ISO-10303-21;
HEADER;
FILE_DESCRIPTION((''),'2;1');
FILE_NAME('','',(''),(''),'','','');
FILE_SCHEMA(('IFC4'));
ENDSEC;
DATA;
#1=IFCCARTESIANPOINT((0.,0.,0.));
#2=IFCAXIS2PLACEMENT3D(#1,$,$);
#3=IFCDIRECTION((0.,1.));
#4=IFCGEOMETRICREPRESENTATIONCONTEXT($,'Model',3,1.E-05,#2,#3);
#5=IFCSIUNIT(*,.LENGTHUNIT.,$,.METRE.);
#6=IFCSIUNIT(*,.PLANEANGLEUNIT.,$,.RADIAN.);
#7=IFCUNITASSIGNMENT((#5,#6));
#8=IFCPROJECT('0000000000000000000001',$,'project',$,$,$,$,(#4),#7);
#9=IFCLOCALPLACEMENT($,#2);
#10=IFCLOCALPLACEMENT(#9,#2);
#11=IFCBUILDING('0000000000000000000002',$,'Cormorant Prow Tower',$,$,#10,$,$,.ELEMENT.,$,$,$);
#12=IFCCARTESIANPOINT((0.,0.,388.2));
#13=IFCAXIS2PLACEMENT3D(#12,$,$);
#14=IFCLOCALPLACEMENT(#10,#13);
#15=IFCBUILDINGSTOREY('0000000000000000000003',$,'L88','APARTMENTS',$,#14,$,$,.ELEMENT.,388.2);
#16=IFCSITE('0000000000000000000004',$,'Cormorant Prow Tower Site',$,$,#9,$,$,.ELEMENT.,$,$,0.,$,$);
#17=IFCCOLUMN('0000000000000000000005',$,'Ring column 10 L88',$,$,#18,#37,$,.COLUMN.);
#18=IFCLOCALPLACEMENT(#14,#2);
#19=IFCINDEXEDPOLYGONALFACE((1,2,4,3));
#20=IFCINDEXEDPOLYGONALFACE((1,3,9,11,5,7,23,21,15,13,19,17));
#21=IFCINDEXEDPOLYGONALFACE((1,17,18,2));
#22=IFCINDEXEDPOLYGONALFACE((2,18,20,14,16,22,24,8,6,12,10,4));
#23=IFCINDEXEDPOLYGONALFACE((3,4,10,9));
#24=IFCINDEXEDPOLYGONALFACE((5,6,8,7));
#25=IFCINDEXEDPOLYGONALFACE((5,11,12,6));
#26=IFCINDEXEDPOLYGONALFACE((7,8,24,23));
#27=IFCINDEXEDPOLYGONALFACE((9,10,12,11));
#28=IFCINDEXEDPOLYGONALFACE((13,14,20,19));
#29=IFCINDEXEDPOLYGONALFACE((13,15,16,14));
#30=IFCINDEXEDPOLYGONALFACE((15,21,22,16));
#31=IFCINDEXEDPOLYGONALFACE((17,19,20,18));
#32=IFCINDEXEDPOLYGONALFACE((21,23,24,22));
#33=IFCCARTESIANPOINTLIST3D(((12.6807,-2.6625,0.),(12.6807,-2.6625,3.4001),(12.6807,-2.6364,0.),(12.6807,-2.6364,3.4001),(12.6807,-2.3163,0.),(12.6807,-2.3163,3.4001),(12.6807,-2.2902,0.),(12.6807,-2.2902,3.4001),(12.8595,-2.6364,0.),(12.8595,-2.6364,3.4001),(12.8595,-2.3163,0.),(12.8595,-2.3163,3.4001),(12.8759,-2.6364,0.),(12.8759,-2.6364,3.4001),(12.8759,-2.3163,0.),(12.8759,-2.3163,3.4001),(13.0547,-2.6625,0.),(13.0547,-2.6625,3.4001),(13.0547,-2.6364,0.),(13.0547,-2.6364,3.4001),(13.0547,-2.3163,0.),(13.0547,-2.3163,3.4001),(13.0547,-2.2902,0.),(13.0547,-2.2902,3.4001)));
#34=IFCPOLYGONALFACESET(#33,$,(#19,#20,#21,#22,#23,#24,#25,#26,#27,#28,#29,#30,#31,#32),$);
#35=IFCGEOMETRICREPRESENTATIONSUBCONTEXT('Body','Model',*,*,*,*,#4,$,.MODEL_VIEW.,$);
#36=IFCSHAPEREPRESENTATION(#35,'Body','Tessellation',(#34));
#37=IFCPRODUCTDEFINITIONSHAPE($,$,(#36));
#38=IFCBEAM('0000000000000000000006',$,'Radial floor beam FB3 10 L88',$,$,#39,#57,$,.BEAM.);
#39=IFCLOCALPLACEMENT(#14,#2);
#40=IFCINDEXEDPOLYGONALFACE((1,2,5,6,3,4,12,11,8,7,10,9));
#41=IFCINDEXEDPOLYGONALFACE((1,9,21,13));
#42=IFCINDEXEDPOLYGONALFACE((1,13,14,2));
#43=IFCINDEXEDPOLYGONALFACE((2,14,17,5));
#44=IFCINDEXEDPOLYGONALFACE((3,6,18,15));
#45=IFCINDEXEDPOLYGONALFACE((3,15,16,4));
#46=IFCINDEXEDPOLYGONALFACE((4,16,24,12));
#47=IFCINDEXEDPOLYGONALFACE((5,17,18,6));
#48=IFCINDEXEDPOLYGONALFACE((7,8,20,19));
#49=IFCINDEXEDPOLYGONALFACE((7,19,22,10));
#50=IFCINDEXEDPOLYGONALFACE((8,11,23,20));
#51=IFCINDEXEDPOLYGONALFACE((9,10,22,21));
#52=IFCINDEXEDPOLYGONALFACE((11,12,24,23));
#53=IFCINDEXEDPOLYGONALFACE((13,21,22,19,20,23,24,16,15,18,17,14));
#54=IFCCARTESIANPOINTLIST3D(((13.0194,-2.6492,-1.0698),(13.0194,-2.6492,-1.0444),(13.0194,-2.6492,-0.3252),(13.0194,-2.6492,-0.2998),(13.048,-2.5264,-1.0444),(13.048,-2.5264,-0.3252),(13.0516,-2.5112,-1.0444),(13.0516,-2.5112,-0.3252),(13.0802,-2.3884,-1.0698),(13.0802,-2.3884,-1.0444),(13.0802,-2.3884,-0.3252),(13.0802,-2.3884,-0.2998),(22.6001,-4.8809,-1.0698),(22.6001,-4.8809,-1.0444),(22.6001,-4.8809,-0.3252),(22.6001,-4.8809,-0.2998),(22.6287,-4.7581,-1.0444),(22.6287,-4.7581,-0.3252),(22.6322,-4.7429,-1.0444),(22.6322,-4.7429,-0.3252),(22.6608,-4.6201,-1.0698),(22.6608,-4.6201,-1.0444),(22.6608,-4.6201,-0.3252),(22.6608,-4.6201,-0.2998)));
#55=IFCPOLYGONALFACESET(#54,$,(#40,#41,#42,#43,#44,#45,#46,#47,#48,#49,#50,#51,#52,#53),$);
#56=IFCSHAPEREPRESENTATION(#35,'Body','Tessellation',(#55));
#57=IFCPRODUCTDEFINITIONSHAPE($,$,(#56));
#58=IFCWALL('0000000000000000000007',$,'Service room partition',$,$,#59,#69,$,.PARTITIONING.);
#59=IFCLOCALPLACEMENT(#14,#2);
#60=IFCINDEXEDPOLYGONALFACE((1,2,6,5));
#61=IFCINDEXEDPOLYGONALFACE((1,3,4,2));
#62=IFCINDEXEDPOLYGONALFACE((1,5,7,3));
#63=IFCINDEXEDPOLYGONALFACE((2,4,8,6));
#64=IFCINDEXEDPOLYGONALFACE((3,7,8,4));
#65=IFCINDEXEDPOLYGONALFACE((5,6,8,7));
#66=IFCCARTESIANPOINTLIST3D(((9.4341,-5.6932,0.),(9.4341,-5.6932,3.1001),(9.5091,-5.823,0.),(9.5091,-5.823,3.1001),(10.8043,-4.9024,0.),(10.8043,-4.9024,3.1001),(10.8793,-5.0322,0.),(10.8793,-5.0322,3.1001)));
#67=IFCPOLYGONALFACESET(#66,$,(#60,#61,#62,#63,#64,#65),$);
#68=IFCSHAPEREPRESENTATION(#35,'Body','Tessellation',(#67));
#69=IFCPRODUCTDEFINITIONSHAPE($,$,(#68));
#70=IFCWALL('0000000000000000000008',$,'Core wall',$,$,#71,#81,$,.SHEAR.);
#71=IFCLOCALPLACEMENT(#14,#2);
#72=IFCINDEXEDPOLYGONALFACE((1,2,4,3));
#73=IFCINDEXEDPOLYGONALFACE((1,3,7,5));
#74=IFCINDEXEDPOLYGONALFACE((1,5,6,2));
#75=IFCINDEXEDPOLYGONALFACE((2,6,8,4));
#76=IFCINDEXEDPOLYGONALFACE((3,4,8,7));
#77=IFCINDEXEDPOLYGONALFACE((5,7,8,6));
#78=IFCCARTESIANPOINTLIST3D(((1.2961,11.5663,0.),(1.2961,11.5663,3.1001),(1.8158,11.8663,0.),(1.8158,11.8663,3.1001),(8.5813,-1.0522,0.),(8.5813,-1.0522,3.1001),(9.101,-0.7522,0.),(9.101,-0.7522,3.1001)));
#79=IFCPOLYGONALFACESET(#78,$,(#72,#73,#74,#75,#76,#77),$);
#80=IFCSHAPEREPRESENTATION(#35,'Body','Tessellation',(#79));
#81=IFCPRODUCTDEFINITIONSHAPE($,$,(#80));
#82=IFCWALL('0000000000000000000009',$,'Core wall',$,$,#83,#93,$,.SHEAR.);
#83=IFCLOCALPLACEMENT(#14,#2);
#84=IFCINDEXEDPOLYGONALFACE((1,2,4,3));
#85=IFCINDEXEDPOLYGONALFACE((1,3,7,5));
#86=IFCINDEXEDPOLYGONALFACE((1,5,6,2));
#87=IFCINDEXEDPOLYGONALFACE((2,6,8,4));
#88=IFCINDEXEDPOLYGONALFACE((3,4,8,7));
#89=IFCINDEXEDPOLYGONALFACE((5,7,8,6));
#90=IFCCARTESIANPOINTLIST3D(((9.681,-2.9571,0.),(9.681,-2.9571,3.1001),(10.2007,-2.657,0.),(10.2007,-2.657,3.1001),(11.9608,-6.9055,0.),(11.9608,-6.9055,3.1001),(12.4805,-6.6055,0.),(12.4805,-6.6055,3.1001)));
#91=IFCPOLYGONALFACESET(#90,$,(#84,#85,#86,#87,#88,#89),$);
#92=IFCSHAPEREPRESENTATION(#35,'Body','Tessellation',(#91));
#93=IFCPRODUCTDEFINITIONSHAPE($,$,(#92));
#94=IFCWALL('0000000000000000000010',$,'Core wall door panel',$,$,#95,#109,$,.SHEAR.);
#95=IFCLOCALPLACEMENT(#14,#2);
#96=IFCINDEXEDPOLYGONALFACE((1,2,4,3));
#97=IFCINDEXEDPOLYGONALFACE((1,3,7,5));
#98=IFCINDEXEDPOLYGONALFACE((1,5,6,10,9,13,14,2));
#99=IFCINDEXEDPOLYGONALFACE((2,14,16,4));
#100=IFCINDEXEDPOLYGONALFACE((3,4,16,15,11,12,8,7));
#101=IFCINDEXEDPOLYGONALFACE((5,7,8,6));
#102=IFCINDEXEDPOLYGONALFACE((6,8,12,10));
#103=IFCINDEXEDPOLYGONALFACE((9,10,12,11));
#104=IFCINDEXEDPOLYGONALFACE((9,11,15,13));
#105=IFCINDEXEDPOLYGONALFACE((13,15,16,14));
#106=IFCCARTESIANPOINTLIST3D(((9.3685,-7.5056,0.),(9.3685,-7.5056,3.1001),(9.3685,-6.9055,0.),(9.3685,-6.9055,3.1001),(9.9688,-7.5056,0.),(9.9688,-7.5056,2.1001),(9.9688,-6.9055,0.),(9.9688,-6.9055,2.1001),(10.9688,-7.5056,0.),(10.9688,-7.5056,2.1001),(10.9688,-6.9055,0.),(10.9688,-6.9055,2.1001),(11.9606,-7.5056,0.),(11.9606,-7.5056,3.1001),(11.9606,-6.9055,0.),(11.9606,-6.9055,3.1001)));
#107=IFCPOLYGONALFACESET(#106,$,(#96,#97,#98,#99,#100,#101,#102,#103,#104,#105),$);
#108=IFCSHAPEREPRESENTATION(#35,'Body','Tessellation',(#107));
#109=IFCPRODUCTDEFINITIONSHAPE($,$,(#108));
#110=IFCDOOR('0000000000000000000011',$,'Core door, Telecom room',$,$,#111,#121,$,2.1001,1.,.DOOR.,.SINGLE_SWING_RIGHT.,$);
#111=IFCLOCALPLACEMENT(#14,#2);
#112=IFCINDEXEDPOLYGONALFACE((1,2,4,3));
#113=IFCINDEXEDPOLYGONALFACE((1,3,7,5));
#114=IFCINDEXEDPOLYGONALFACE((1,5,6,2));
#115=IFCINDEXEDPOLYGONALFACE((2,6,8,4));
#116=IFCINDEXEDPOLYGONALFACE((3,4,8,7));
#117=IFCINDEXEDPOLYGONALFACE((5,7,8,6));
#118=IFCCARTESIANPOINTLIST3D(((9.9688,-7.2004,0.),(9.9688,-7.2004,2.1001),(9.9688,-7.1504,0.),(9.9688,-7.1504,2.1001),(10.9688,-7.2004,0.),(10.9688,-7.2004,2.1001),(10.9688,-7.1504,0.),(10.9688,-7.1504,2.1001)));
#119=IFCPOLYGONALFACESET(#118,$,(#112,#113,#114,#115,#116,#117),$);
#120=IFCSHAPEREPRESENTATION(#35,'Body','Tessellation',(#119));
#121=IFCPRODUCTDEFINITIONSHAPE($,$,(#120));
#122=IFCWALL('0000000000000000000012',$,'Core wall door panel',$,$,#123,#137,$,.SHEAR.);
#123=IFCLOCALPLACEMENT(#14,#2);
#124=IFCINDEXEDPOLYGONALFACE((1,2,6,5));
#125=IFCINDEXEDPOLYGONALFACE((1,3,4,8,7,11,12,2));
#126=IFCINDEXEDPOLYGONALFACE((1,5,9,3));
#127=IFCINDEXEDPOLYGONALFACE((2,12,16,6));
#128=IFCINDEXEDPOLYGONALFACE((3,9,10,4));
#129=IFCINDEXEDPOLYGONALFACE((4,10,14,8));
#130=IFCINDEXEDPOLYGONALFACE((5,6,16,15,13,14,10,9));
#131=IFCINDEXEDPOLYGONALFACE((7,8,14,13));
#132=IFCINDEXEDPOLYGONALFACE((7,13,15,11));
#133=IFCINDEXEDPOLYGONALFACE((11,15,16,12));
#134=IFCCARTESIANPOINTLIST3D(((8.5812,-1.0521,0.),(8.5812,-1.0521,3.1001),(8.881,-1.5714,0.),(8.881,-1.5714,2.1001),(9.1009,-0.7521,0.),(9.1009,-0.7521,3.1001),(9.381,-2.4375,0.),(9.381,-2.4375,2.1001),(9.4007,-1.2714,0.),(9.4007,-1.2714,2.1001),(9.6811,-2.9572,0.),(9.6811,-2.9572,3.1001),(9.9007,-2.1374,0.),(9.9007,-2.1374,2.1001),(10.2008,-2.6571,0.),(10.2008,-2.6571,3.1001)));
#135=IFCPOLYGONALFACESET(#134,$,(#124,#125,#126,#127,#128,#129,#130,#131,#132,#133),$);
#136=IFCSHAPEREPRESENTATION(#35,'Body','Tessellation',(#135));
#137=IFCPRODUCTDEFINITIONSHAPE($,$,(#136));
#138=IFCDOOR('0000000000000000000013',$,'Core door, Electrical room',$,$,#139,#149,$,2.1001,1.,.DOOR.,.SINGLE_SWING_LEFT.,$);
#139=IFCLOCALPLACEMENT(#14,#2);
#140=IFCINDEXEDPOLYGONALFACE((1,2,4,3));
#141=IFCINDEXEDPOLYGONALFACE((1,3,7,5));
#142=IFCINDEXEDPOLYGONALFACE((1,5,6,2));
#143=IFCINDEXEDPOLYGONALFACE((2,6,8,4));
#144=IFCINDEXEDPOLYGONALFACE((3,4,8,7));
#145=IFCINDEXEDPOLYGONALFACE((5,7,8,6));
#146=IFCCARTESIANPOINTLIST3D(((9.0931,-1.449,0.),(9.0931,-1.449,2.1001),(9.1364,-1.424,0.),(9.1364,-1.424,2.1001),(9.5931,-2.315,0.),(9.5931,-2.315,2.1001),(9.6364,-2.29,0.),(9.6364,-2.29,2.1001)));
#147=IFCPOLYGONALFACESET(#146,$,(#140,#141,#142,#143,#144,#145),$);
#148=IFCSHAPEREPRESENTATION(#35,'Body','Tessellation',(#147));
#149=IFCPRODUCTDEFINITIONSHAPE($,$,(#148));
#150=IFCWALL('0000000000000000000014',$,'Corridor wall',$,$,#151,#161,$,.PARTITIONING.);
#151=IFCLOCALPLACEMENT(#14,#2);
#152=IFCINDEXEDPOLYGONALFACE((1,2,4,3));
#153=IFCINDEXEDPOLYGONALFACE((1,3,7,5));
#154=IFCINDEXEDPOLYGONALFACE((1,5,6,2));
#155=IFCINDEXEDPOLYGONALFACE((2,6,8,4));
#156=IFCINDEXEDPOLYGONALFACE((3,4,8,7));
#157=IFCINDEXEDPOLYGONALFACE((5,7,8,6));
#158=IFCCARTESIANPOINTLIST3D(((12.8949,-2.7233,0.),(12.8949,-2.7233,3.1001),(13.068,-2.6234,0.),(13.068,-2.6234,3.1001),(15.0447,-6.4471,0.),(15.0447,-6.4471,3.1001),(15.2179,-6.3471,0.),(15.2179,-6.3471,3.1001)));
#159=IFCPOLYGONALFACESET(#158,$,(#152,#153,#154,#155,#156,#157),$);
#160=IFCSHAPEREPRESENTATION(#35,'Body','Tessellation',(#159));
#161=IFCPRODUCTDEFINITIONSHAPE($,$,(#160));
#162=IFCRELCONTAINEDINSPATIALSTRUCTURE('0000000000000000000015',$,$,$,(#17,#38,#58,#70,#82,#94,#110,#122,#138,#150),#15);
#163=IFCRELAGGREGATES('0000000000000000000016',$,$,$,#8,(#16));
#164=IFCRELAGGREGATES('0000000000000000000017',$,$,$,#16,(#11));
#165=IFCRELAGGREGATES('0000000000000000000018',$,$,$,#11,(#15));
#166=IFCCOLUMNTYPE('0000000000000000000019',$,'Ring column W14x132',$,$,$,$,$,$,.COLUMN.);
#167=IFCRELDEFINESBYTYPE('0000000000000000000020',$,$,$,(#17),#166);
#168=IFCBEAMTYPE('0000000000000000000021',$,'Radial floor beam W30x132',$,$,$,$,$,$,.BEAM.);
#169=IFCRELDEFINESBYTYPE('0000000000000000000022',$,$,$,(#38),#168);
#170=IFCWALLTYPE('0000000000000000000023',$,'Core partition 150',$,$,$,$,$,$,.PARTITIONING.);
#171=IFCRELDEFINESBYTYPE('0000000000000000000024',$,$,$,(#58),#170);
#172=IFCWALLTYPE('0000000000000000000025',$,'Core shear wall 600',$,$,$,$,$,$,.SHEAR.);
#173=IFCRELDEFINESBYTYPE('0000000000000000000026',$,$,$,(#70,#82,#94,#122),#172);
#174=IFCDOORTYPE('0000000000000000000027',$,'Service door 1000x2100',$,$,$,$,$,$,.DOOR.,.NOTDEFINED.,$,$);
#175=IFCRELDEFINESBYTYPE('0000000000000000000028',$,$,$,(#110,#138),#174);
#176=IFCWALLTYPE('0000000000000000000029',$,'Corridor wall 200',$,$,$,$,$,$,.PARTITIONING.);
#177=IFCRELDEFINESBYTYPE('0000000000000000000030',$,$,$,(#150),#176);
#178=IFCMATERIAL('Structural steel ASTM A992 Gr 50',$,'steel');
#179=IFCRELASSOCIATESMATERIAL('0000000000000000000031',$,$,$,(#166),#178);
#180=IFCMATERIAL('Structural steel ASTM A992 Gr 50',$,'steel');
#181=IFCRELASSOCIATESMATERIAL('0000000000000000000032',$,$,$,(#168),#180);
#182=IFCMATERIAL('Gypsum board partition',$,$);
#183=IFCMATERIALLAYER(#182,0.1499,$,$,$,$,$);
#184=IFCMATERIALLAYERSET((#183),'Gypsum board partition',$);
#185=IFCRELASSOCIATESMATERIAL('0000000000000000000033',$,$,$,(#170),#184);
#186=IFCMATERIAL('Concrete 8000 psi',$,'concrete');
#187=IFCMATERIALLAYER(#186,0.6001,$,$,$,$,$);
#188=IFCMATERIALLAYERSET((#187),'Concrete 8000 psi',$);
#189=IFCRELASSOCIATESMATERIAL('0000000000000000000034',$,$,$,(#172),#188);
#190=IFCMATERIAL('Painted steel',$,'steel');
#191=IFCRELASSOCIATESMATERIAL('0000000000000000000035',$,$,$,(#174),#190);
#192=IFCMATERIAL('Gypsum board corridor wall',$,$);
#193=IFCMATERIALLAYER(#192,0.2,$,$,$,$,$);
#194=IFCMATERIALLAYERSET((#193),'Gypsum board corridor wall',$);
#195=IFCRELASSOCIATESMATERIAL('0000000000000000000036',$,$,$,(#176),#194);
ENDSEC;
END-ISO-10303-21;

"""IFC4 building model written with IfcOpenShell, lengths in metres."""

from ifc_helpers import new_model, si_unit, direction, frame, frame_2d, origin, origin_2d, place, context, subcontext, project, spatial, rectangle, i_section, extrude, material, layer, layer_set, material_profile, profile_set, type_object, element, fill, save


model = new_model("IFC4")

# Units and contexts
model_context = context("Model", 3, precision=1e-05, world=origin(), true_north=direction((0.0, 1.0)))
body_context = subcontext(model_context, "Body", "Model", "MODEL_VIEW")
ifc_project = project(units=[si_unit("LENGTHUNIT", "METRE"), si_unit("PLANEANGLEUNIT", "RADIAN")], contexts=[model_context])

# Site, building, storey
site_placement = place(None, origin())
site = spatial("IfcSite", under=ifc_project, at=site_placement, Name="Cormorant Prow Tower Site", CompositionType="ELEMENT", RefElevation=0.0)
building_placement = place(site_placement, origin())
building = spatial("IfcBuilding", under=site, at=building_placement, Name="Cormorant Prow Tower", CompositionType="ELEMENT")
storey_placement = place(building_placement, frame((0.0, 0.0, 388.2)))
storey = spatial("IfcBuildingStorey", under=building, at=storey_placement, Name="L88", Description="APARTMENTS", CompositionType="ELEMENT", Elevation=388.2)

# Column
ifc_material_1 = material(Name="Structural steel ASTM A992 Gr 50", Category="steel")
ifc_material_profile_1 = material_profile(ifc_material_1, i_section(OverallWidth=0.374, OverallDepth=0.3723, WebThickness=0.0164, FlangeThickness=0.0261, at=origin_2d()), Name="W14x132")
ifc_profile_set_1 = profile_set([ifc_material_profile_1], Name="Structural steel ASTM A992 Gr 50")
column_type = type_object("IfcColumnType", Name="Ring column W14x132", PredefinedType="COLUMN", material=ifc_profile_set_1)
column_placement = place(storey_placement, frame((12.8677, -2.4763, 0.0), z_axis=(0.0, 0.0, 1.0), x_axis=(1.0, 0.0, 0.0)))
element("IfcColumn", 1, at=column_placement, inside=storey, type_object=column_type, Name="Ring column 10 L88", PredefinedType="COLUMN", context=body_context, shape_type="SweptSolid", body=[
    extrude(i_section(OverallWidth=0.374, OverallDepth=0.3723, WebThickness=0.0164, FlangeThickness=0.0261, at=origin_2d()), origin(), (0.0, 0.0, 1.0), 3.4001),
])

# Beam
ifc_material_2 = material(Name="Structural steel ASTM A992 Gr 50", Category="steel")
ifc_material_profile_2 = material_profile(ifc_material_2, i_section(OverallWidth=0.2678, OverallDepth=0.77, WebThickness=0.0156, FlangeThickness=0.0254, at=origin_2d()), Name="W30x132")
ifc_profile_set_2 = profile_set([ifc_material_profile_2], Name="Structural steel ASTM A992 Gr 50")
beam_type = type_object("IfcBeamType", Name="Radial floor beam W30x132", PredefinedType="BEAM", material=ifc_profile_set_2)
beam_placement = place(storey_placement, frame((13.0498, -2.5188, -0.6848), z_axis=(0.973926, -0.226866, 0.0), x_axis=(0.226866, 0.973926, 0.0)))
element("IfcBeam", 2, at=beam_placement, inside=storey, type_object=beam_type, Name="Radial floor beam FB3 10 L88", PredefinedType="BEAM", context=body_context, shape_type="SweptSolid", body=[
    extrude(i_section(OverallWidth=0.2678, OverallDepth=0.77, WebThickness=0.0156, FlangeThickness=0.0254, at=origin_2d()), origin(), (0.0, 0.0, 1.0), 9.8372),
])

# Walls
ifc_material_3 = material(Name="Gypsum board partition")
ifc_layer_1 = layer(ifc_material_3, 0.1499)
ifc_layer_set_1 = layer_set([ifc_layer_1], Name="Gypsum board partition")
wall_type_1 = type_object("IfcWallType", Name="Core partition 150", PredefinedType="PARTITIONING", material=ifc_layer_set_1)
wall_1_placement = place(storey_placement, frame((10.8418, -4.9673, 0.0), z_axis=(0.0, 0.0, 1.0), x_axis=(-0.866098, -0.499874, 0.0)))
element("IfcWall", 3, at=wall_1_placement, inside=storey, type_object=wall_type_1, Name="Service room partition", PredefinedType="PARTITIONING", context=body_context, shape_type="SweptSolid", body=[
    extrude(rectangle(XDim=1.582, YDim=0.1499, at=frame_2d((0.791, 0.0))), origin(), (0.0, 0.0, 1.0), 3.1001),
])
ifc_material_4 = material(Name="Concrete 8000 psi", Category="concrete")
ifc_layer_2 = layer(ifc_material_4, 0.6001)
ifc_layer_set_2 = layer_set([ifc_layer_2], Name="Concrete 8000 psi")
wall_type_2 = type_object("IfcWallType", Name="Core shear wall 600", PredefinedType="SHEAR", material=ifc_layer_set_2)
wall_2_placement = place(storey_placement, frame((8.8411, -0.9021, 0.0), z_axis=(0.0, 0.0, 1.0), x_axis=(-0.499996, 0.866028, 0.0)))
element("IfcWall", 4, at=wall_2_placement, inside=storey, type_object=wall_type_2, Name="Core wall", PredefinedType="SHEAR", context=body_context, shape_type="SweptSolid", body=[
    extrude(rectangle(XDim=14.5706, YDim=0.6001, at=frame_2d((7.2852, 0.0))), origin(), (0.0, 0.0, 1.0), 3.1001),
])
wall_3_placement = place(storey_placement, frame((12.2207, -6.7556, 0.0), z_axis=(0.0, 0.0, 1.0), x_axis=(-0.500021, 0.866013, 0.0)))
element("IfcWall", 5, at=wall_3_placement, inside=storey, type_object=wall_type_2, Name="Core wall", PredefinedType="SHEAR", context=body_context, shape_type="SweptSolid", body=[
    extrude(rectangle(XDim=4.5593, YDim=0.6001, at=frame_2d((2.2798, 0.0))), origin(), (0.0, 0.0, 1.0), 3.1001),
])

# Walls, openings, doors
wall_4_placement = place(storey_placement, frame((9.3687, -7.2056, 0.0), z_axis=(0.0, 0.0, 1.0), x_axis=(1.0, 0.0, 0.0)))
wall_4 = element("IfcWall", 6, at=wall_4_placement, inside=storey, type_object=wall_type_2, Name="Core wall door panel", PredefinedType="SHEAR", context=body_context, shape_type="SweptSolid", body=[
    extrude(rectangle(XDim=2.592, YDim=0.6001, at=frame_2d((1.2959, 0.0))), origin(), (0.0, 0.0, 1.0), 3.1001),
])
opening_1_placement = place(wall_4_placement, frame((0.6001, 0.0, 0.0)))
opening_1 = element("IfcOpeningElement", 7, at=opening_1_placement, cuts=wall_4, PredefinedType="OPENING", context=body_context, shape_type="SweptSolid", body=[
    extrude(rectangle(XDim=1.0, YDim=2.1001, at=frame_2d((0.5, 1.05))), frame((0.0, 0.3101, 0.0), z_axis=(0.0, -1.0, 0.0), x_axis=(1.0, 0.0, 0.0)), (0.0, 0.0, 1.0), 0.6201),
])
ifc_material_5 = material(Name="Painted steel", Category="steel")
door_type_1 = type_object("IfcDoorType", Name="Service door 1000x2100", OperationType="NOTDEFINED", PredefinedType="DOOR", material=ifc_material_5)
door_1_placement = place(opening_1_placement, origin())
door_1 = element("IfcDoor", 8, at=door_1_placement, inside=storey, type_object=door_type_1, Name="Core door, Telecom room", OperationType="SINGLE_SWING_RIGHT", OverallHeight=2.1001, OverallWidth=1.0, PredefinedType="DOOR", context=body_context, shape_type="SweptSolid", body=[
    extrude(rectangle(XDim=1.0, YDim=2.1001, at=frame_2d((0.5, 1.05))), frame((0.0, 0.0552, 0.0), z_axis=(0.0, -1.0, 0.0), x_axis=(1.0, 0.0, 0.0)), (0.0, 0.0, 1.0), 0.05),
])
fill(opening_1, door_1)
wall_5_placement = place(storey_placement, frame((9.9409, -2.8071, 0.0), z_axis=(0.0, 0.0, 1.0), x_axis=(-0.499995, 0.866028, 0.0)))
wall_5 = element("IfcWall", 9, at=wall_5_placement, inside=storey, type_object=wall_type_2, Name="Core wall door panel", PredefinedType="SHEAR", context=body_context, shape_type="SweptSolid", body=[
    extrude(rectangle(XDim=2.1997, YDim=0.6001, at=frame_2d((1.0999, 0.0))), origin(), (0.0, 0.0, 1.0), 3.1001),
])
opening_2_placement = place(wall_5_placement, frame((0.6001, 0.0, 0.0)))
opening_2 = element("IfcOpeningElement", 10, at=opening_2_placement, cuts=wall_5, PredefinedType="OPENING", context=body_context, shape_type="SweptSolid", body=[
    extrude(rectangle(XDim=1.0, YDim=2.1001, at=frame_2d((0.5, 1.05))), frame((0.0, 0.3101, 0.0), z_axis=(0.0, -1.0, 0.0), x_axis=(1.0, 0.0, 0.0)), (0.0, 0.0, 1.0), 0.6201),
])
door_2_placement = place(opening_2_placement, origin())
door_2 = element("IfcDoor", 11, at=door_2_placement, inside=storey, type_object=door_type_1, Name="Core door, Electrical room", OperationType="SINGLE_SWING_LEFT", OverallHeight=2.1001, OverallWidth=1.0, PredefinedType="DOOR", context=body_context, shape_type="SweptSolid", body=[
    extrude(rectangle(XDim=1.0, YDim=2.1001, at=frame_2d((0.5, 1.05))), frame((0.0, 0.0552, 0.0), z_axis=(0.0, -1.0, 0.0), x_axis=(1.0, 0.0, 0.0)), (0.0, 0.0, 1.0), 0.05),
])
fill(opening_2, door_2)

# Wall
ifc_material_6 = material(Name="Gypsum board corridor wall")
ifc_layer_3 = layer(ifc_material_6, 0.2)
ifc_layer_set_3 = layer_set([ifc_layer_3], Name="Gypsum board corridor wall")
wall_type_3 = type_object("IfcWallType", Name="Corridor wall 200", PredefinedType="PARTITIONING", material=ifc_layer_set_3)
wall_6_placement = place(storey_placement, frame((12.9814, -2.6733, 0.0), z_axis=(0.0, 0.0, 1.0), x_axis=(0.499986, -0.866033, 0.0)))
element("IfcWall", 12, at=wall_6_placement, inside=storey, type_object=wall_type_3, Name="Corridor wall", PredefinedType="PARTITIONING", context=body_context, shape_type="SweptSolid", body=[
    extrude(rectangle(XDim=4.2998, YDim=0.2, at=frame_2d((2.1499, 0.0))), origin(), (0.0, 0.0, 1.0), 3.1001),
])

save(model, "model.ifc")
